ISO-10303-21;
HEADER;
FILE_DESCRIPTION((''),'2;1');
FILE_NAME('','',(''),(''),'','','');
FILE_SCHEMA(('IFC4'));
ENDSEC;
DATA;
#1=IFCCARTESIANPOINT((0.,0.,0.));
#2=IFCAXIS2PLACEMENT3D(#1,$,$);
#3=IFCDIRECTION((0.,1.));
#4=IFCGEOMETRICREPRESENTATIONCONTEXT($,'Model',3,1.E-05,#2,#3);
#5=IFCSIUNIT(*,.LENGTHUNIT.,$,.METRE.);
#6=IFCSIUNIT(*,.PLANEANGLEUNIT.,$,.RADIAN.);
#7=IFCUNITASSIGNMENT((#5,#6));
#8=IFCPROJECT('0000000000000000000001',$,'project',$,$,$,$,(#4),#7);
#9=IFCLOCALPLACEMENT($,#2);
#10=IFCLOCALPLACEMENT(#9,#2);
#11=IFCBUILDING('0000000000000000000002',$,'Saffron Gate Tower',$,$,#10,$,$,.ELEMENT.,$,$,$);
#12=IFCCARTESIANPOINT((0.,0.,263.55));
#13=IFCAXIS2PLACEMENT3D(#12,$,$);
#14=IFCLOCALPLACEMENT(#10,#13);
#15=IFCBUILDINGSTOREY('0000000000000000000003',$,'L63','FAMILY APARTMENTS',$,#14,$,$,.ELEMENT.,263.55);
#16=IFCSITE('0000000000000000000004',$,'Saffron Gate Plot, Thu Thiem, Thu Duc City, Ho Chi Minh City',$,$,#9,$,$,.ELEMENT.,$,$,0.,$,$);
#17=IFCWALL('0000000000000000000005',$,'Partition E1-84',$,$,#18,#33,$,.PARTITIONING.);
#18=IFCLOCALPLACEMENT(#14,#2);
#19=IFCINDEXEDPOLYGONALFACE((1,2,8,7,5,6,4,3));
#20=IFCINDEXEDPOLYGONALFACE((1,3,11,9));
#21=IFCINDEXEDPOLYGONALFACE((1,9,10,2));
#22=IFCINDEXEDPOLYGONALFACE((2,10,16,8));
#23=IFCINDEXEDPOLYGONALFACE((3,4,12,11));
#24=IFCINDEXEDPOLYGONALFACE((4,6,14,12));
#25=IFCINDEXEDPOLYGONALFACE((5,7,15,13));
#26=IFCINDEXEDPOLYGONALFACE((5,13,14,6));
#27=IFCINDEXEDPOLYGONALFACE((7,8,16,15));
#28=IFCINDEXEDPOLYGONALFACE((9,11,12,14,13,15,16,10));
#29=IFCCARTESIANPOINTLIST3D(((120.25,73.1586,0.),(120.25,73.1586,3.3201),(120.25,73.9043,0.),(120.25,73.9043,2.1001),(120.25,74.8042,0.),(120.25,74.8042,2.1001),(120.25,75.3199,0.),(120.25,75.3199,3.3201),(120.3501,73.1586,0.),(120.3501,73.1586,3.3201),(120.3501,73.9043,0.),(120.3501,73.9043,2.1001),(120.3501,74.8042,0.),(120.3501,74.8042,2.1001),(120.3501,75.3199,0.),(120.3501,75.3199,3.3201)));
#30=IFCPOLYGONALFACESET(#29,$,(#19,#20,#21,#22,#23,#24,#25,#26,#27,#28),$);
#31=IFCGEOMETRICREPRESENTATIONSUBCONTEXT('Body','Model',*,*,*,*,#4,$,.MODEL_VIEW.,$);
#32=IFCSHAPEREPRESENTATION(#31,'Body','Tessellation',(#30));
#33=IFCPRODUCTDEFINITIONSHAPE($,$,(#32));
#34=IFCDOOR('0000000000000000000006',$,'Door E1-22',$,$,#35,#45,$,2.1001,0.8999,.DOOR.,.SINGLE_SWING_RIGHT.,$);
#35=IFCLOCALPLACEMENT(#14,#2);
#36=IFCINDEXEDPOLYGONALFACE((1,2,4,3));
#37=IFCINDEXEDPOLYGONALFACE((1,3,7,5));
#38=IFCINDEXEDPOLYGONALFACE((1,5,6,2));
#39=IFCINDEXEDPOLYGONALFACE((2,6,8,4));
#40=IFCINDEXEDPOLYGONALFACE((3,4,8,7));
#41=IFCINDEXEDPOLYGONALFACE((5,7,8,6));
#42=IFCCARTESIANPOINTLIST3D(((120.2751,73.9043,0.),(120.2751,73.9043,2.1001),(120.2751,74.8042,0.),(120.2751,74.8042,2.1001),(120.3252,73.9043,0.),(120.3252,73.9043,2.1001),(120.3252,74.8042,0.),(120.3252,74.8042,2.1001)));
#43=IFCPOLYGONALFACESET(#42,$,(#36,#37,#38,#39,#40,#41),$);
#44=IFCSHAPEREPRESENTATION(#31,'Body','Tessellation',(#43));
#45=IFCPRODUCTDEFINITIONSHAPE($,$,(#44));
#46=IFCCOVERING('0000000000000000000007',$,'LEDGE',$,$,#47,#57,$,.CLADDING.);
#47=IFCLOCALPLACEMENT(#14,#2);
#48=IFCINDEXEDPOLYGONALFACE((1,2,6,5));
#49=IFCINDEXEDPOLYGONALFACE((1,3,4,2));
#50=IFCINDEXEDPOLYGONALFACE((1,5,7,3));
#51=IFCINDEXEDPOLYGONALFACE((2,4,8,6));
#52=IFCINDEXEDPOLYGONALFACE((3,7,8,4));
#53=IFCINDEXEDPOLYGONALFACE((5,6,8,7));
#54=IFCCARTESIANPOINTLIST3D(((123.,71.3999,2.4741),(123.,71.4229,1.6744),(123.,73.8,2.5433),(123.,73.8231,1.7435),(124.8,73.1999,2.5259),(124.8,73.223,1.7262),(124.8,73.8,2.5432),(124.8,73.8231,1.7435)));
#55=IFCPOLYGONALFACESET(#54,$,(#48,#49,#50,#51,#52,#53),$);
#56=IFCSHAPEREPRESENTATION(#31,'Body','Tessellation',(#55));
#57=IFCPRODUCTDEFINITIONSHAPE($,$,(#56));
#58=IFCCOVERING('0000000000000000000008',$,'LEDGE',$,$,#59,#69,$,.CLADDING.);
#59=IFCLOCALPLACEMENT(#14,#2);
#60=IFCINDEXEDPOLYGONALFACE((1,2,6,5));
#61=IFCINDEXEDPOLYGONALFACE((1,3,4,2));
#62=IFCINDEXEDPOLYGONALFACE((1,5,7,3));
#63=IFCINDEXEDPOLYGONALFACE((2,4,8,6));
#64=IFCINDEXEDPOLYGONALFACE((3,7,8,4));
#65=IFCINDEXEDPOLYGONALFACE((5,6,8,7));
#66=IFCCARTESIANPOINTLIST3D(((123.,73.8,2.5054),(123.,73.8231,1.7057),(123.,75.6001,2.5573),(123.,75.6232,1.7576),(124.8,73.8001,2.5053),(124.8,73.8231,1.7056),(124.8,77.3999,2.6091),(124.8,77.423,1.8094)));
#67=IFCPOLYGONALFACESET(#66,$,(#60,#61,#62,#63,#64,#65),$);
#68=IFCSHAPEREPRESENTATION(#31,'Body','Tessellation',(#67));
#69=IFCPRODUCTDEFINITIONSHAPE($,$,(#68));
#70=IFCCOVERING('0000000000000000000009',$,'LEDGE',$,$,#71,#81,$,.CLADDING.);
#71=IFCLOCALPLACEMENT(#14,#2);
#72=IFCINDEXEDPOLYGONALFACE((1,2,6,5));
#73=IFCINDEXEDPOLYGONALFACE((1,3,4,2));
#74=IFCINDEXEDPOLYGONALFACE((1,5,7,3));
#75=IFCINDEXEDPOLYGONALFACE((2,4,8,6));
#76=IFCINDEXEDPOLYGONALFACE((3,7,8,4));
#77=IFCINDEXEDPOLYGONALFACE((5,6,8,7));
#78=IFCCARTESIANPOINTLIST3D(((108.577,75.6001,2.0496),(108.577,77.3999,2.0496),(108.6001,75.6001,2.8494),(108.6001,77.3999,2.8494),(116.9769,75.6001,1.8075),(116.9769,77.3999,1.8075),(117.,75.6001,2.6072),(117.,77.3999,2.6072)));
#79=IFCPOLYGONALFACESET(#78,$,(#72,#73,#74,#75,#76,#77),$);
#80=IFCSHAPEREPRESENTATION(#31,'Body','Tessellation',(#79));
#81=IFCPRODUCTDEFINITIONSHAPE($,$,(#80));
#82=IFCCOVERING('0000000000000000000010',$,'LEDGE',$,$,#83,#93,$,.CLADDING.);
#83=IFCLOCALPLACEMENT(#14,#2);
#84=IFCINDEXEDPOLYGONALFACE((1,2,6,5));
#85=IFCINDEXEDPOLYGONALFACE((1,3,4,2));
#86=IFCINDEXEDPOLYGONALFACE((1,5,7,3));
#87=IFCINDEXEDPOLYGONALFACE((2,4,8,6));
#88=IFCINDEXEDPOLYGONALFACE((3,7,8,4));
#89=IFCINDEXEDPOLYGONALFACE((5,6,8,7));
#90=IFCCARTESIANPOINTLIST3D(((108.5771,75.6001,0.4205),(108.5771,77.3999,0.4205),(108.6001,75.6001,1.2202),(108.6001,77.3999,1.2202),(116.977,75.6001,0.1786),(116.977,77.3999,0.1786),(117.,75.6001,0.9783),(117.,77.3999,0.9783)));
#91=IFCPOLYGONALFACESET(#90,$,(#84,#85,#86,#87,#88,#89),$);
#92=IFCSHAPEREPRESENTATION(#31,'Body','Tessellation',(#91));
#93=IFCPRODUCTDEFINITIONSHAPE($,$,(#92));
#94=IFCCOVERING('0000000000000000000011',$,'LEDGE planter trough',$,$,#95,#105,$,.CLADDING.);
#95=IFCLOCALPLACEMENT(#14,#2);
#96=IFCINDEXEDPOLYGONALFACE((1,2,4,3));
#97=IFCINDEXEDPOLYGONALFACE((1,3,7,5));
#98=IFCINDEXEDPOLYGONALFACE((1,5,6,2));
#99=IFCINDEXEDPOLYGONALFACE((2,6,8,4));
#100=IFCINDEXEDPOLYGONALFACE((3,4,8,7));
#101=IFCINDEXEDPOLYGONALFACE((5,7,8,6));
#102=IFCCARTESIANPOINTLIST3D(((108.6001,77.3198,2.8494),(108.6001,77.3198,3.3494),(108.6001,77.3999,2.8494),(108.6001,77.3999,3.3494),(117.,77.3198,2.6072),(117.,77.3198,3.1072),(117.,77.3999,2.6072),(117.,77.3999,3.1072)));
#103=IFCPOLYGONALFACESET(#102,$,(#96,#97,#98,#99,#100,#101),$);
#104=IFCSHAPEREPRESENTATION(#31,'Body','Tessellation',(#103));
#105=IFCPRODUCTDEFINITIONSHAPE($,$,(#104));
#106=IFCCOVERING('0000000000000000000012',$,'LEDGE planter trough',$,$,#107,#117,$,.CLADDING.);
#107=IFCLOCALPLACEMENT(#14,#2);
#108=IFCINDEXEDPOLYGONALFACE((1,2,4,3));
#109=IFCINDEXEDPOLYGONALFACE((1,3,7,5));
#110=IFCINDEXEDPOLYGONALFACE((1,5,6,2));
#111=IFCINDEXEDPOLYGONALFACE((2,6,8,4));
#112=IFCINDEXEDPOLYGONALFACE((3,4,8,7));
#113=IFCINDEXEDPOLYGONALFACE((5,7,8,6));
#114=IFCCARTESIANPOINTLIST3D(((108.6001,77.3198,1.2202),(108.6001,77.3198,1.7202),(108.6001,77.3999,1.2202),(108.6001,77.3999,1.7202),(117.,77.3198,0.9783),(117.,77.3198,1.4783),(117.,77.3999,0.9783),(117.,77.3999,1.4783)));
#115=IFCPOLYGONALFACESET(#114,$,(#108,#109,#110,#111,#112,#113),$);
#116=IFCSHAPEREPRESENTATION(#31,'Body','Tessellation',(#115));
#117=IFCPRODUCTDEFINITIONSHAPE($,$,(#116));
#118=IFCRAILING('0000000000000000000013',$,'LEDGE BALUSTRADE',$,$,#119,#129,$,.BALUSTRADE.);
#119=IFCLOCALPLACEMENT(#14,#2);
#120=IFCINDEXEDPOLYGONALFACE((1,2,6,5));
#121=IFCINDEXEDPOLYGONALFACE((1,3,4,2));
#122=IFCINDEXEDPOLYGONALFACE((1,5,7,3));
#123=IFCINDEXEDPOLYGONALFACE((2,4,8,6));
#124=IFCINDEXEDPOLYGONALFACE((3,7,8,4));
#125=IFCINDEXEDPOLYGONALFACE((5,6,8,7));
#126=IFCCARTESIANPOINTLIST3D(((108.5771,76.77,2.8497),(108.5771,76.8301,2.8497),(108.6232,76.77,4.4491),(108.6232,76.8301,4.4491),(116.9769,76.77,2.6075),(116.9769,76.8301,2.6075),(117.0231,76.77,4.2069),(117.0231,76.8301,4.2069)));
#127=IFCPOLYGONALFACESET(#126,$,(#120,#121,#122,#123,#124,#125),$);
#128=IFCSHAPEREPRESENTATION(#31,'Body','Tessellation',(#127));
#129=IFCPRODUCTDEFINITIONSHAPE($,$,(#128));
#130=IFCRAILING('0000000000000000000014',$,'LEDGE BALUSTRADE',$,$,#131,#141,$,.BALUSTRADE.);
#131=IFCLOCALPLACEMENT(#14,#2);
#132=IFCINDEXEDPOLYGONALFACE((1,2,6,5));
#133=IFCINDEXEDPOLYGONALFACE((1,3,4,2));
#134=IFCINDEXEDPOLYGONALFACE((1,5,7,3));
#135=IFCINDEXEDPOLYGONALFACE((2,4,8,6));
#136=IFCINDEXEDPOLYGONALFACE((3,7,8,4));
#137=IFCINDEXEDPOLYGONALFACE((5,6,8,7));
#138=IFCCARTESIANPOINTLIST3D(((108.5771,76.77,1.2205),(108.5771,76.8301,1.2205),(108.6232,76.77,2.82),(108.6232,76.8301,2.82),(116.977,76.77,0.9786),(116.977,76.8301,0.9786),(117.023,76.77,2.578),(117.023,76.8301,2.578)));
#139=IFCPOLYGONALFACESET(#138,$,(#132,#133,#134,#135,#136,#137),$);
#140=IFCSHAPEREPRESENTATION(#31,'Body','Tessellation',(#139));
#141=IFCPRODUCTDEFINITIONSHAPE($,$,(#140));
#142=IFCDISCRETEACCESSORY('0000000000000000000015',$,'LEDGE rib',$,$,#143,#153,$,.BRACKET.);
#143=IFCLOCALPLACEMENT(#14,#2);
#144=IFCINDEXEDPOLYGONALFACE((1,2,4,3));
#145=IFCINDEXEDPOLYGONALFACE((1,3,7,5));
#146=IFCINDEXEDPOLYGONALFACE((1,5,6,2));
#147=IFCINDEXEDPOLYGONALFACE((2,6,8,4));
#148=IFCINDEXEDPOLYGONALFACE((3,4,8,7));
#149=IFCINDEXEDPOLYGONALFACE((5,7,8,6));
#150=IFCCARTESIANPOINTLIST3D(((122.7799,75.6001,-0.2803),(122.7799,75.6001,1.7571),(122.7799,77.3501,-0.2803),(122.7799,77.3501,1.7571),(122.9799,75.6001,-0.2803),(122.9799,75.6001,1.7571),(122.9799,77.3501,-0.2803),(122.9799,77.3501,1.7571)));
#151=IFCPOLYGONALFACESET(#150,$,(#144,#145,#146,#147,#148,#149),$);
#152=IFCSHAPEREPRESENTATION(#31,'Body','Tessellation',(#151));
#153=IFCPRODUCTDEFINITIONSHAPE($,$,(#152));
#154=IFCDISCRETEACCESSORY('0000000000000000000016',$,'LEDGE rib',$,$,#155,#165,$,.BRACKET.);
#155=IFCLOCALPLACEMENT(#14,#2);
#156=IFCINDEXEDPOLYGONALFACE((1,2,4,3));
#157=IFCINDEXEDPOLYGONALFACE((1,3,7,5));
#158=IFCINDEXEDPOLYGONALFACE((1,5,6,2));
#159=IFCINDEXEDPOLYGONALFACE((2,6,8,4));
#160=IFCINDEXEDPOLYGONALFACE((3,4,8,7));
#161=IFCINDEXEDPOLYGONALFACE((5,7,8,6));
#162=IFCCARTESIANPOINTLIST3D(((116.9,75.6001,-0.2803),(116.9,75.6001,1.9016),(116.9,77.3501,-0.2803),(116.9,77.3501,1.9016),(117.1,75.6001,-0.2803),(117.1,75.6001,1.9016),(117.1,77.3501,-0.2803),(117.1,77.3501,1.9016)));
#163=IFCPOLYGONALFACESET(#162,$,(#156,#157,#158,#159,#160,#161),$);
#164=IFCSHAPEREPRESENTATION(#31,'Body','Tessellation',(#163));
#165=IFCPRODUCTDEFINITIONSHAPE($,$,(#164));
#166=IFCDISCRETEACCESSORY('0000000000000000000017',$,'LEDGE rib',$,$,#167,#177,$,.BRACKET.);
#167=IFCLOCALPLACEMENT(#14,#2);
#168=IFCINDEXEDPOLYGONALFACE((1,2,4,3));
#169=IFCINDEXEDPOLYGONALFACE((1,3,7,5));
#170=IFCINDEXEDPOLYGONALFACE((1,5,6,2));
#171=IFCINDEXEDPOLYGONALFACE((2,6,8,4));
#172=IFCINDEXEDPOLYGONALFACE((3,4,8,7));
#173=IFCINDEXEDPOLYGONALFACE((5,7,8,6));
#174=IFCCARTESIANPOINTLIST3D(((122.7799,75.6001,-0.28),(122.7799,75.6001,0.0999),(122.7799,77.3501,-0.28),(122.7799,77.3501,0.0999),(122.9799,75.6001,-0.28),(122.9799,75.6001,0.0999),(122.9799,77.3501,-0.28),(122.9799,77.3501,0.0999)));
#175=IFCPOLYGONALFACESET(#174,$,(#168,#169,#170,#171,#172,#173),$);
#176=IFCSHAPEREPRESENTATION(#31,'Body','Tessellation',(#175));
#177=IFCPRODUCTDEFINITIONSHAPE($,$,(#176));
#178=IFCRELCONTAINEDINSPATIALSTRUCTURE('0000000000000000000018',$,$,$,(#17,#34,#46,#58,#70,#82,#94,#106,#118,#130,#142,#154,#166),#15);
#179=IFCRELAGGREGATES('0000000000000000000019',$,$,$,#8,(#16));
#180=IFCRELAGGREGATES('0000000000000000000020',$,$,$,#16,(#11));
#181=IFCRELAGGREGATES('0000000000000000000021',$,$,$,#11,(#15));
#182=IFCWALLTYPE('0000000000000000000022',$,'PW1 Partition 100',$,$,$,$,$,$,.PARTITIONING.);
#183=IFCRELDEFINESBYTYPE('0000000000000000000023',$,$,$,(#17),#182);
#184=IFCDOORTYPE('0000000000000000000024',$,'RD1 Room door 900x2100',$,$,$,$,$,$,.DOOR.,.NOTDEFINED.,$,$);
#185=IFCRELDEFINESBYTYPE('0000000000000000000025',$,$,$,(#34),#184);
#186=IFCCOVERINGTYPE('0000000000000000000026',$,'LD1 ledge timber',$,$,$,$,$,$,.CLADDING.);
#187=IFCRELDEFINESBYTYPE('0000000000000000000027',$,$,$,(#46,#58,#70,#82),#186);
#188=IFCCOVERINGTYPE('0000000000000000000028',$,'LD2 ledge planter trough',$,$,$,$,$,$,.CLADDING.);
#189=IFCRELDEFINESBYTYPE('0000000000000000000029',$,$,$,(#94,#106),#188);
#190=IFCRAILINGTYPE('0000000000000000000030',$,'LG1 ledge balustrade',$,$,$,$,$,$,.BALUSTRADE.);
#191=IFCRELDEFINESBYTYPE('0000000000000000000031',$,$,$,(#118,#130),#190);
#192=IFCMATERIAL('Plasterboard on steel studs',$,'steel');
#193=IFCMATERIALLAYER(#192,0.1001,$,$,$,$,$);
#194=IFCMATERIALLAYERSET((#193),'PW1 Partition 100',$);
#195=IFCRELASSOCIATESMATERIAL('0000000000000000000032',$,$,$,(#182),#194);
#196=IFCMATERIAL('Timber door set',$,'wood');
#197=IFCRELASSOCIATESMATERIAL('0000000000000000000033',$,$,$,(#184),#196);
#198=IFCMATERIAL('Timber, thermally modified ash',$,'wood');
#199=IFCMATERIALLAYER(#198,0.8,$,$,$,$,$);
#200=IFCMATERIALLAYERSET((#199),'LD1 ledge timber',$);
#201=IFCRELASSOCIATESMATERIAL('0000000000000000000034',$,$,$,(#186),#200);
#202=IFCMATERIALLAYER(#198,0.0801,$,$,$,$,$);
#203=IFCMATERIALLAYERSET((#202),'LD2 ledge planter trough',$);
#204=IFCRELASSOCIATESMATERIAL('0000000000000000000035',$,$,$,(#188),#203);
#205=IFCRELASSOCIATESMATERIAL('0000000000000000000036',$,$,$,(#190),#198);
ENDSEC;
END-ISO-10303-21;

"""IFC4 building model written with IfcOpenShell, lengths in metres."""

from ifc_helpers import new_model, si_unit, direction, frame, frame_2d, origin, origin_2d, place, context, subcontext, project, spatial, polyline, rectangle, outline, extrude, material, layer, layer_set, type_object, element, fill, save


model = new_model("IFC4")

# Units and contexts
model_context = context("Model", 3, precision=1e-05, world=origin(), true_north=direction((0.0, 1.0)))
body_context = subcontext(model_context, "Body", "Model", "MODEL_VIEW")
ifc_project = project(units=[si_unit("LENGTHUNIT", "METRE"), si_unit("PLANEANGLEUNIT", "RADIAN")], contexts=[model_context])

# Site, building, storey
site_placement = place(None, origin())
site = spatial("IfcSite", under=ifc_project, at=site_placement, Name="Saffron Gate Plot, Thu Thiem, Thu Duc City, Ho Chi Minh City", CompositionType="ELEMENT", RefElevation=0.0)
building_placement = place(site_placement, origin())
building = spatial("IfcBuilding", under=site, at=building_placement, Name="Saffron Gate Tower", CompositionType="ELEMENT")
storey_placement = place(building_placement, frame((0.0, 0.0, 263.55)))
storey = spatial("IfcBuildingStorey", under=building, at=storey_placement, Name="L63", Description="FAMILY APARTMENTS", CompositionType="ELEMENT", Elevation=263.55)

# Shared definitions
ifc_material_1 = material(Name="Plasterboard on steel studs", Category="steel")
ifc_layer_1 = layer(ifc_material_1, 0.1001)
ifc_layer_set_1 = layer_set([ifc_layer_1], Name="PW1 Partition 100")
wall_type = type_object("IfcWallType", Name="PW1 Partition 100", PredefinedType="PARTITIONING", material=ifc_layer_set_1)

# Wall, opening, door
wall_1_placement = place(storey_placement, frame((120.3, 73.1587, 0.0), z_axis=(0.0, 0.0, 1.0), x_axis=(0.0, 1.0, 0.0)))
wall_1 = element("IfcWall", 1, at=wall_1_placement, inside=storey, type_object=wall_type, Name="Partition E1-84", PredefinedType="PARTITIONING", context=body_context, shape_type="SweptSolid", body=[
    extrude(rectangle(XDim=2.1614, YDim=0.1001, at=frame_2d((1.0806, 0.0))), origin(), (0.0, 0.0, 1.0), 3.3201),
])
opening_1_placement = place(wall_1_placement, frame((0.7456, 0.0, 0.0)))
opening_1 = element("IfcOpeningElement", 2, at=opening_1_placement, cuts=wall_1, PredefinedType="OPENING", context=body_context, shape_type="SweptSolid", body=[
    extrude(rectangle(XDim=0.8999, YDim=2.1001, at=frame_2d((0.45, 1.05))), frame((0.0, 0.0601, 0.0), z_axis=(0.0, -1.0, 0.0), x_axis=(1.0, 0.0, 0.0)), (0.0, 0.0, 1.0), 0.1201),
])
ifc_material_2 = material(Name="Timber door set", Category="wood")
door_type = type_object("IfcDoorType", Name="RD1 Room door 900x2100", OperationType="NOTDEFINED", PredefinedType="DOOR", material=ifc_material_2)
door_placement = place(opening_1_placement, origin())
door = element("IfcDoor", 3, at=door_placement, inside=storey, type_object=door_type, Name="Door E1-22", OperationType="SINGLE_SWING_RIGHT", OverallHeight=2.1001, OverallWidth=0.8999, PredefinedType="DOOR", context=body_context, shape_type="SweptSolid", body=[
    extrude(rectangle(XDim=0.8999, YDim=2.1001, at=frame_2d((0.45, 1.05))), frame((0.0, 0.0249, 0.0), z_axis=(0.0, -1.0, 0.0), x_axis=(1.0, 0.0, 0.0)), (0.0, 0.0, 1.0), 0.05),
])
fill(opening_1, door)

# Coverings
ifc_material_3 = material(Name="Timber, thermally modified ash", Category="wood")
ifc_layer_2 = layer(ifc_material_3, 0.8)
ifc_layer_set_2 = layer_set([ifc_layer_2], Name="LD1 ledge timber")
covering_type_1 = type_object("IfcCoveringType", Name="LD1 ledge timber", PredefinedType="CLADDING", material=ifc_layer_set_2)
covering_1_placement = place(storey_placement, frame((123.0, 71.3999, 2.4741), z_axis=(0.000026, -0.028794, 0.999585), x_axis=(0.0, 0.999585, 0.028794)))
element("IfcCovering", 4, at=covering_1_placement, inside=storey, type_object=covering_type_1, Name="LEDGE", PredefinedType="CLADDING", context=body_context, shape_type="SweptSolid", body=[
    extrude(outline(polyline([(0.0, 0.0), (2.4011, 0.0), (2.4011, -1.8), (1.8008, -1.8), (0.0, 0.0)])), origin(), (0.0, 0.0, -1.0), 0.8),
])
covering_2_placement = place(storey_placement, frame((123.0, 73.8, 2.5054), z_axis=(0.000044, -0.028833, 0.999584), x_axis=(0.0, 0.999584, 0.028833)))
element("IfcCovering", 5, at=covering_2_placement, inside=storey, type_object=covering_type_1, Name="LEDGE", PredefinedType="CLADDING", context=body_context, shape_type="SweptSolid", body=[
    extrude(outline(polyline([(0.0, 0.0), (1.8008, 0.0), (3.6013, -1.8), (0.0, -1.8), (0.0, 0.0)])), origin(), (0.0, 0.0, -1.0), 0.8),
])
covering_3_placement = place(storey_placement, frame((117.0, 75.6001, 2.6072), z_axis=(0.02882, 0.0, 0.999585), x_axis=(-0.999585, 0.0, 0.02882)))
element("IfcCovering", 6, at=covering_3_placement, inside=storey, type_object=covering_type_1, Name="LEDGE", PredefinedType="CLADDING", context=body_context, shape_type="SweptSolid", body=[
    extrude(outline(polyline([(0.0, 0.0), (8.4034, 0.0), (8.4034, -1.7998), (0.0, -1.7998), (0.0, 0.0)])), origin(), (0.0, 0.0, -1.0), 0.8),
])
covering_4_placement = place(storey_placement, frame((117.0, 75.6001, 0.9783), z_axis=(0.028791, 0.0, 0.999585), x_axis=(-0.999585, 0.0, 0.028791)))
element("IfcCovering", 7, at=covering_4_placement, inside=storey, type_object=covering_type_1, Name="LEDGE", PredefinedType="CLADDING", context=body_context, shape_type="SweptSolid", body=[
    extrude(outline(polyline([(0.0, 0.0), (8.4034, 0.0), (8.4034, -1.7998), (0.0, -1.7998), (0.0, 0.0)])), origin(), (0.0, 0.0, -1.0), 0.8),
])
ifc_layer_3 = layer(ifc_material_3, 0.0801)
ifc_layer_set_3 = layer_set([ifc_layer_3], Name="LD2 ledge planter trough")
covering_type_2 = type_object("IfcCoveringType", Name="LD2 ledge planter trough", PredefinedType="CLADDING", material=ifc_layer_set_3)
covering_5_placement = place(storey_placement, frame((117.0, 77.3999, 2.6072), z_axis=(0.0, 1.0, 0.0), x_axis=(-0.999585, 0.0, 0.02882)))
element("IfcCovering", 8, at=covering_5_placement, inside=storey, type_object=covering_type_2, Name="LEDGE planter trough", PredefinedType="CLADDING", context=body_context, shape_type="SweptSolid", body=[
    extrude(outline(polyline([(0.0, 0.0), (8.4034, 0.0), (8.4178, 0.4998), (0.0144, 0.4998), (0.0, 0.0)])), origin(), (0.0, 0.0, -1.0), 0.0801),
])
covering_6_placement = place(storey_placement, frame((117.0, 77.3999, 0.9783), z_axis=(0.0, 1.0, 0.0), x_axis=(-0.999585, 0.0, 0.028791)))
element("IfcCovering", 9, at=covering_6_placement, inside=storey, type_object=covering_type_2, Name="LEDGE planter trough", PredefinedType="CLADDING", context=body_context, shape_type="SweptSolid", body=[
    extrude(outline(polyline([(0.0, 0.0), (8.4034, 0.0), (8.4178, 0.4998), (0.0144, 0.4998), (0.0, 0.0)])), origin(), (0.0, 0.0, -1.0), 0.0801),
])

# Railings
railing_type = type_object("IfcRailingType", Name="LG1 ledge balustrade", PredefinedType="BALUSTRADE", material=ifc_material_3)
railing_1_placement = place(storey_placement, frame((117.0, 76.8, 2.6072)))
element("IfcRailing", 10, at=railing_1_placement, inside=storey, type_object=railing_type, Name="LEDGE BALUSTRADE", PredefinedType="BALUSTRADE", context=body_context, shape_type="SweptSolid", body=[
    extrude(rectangle(XDim=0.0601, YDim=1.6001, at=origin_2d()), frame((0.0, 0.0, 0.8), z_axis=(-0.999585, 0.0, 0.02882), x_axis=(0.0, -1.0, 0.0)), (0.0, 0.0, 1.0), 8.4033),
])
railing_2_placement = place(storey_placement, frame((117.0, 76.8, 0.9783)))
element("IfcRailing", 11, at=railing_2_placement, inside=storey, type_object=railing_type, Name="LEDGE BALUSTRADE", PredefinedType="BALUSTRADE", context=body_context, shape_type="SweptSolid", body=[
    extrude(rectangle(XDim=0.0601, YDim=1.6001, at=origin_2d()), frame((0.0, 0.0, 0.8), z_axis=(-0.999585, 0.0, 0.028791), x_axis=(0.0, -1.0, 0.0)), (0.0, 0.0, 1.0), 8.4033),
])

# Discrete accessories
discrete_accessory_1_placement = place(storey_placement, frame((122.8799, 76.4751, -0.2803), z_axis=(0.0, 0.0, 1.0), x_axis=(-1.0, 0.0, 0.0)))
element("IfcDiscreteAccessory", 12, at=discrete_accessory_1_placement, inside=storey, Name="LEDGE rib", PredefinedType="BRACKET", context=body_context, shape_type="SweptSolid", body=[
    extrude(rectangle(XDim=0.2, YDim=1.75, at=origin_2d()), origin(), (0.0, 0.0, 1.0), 2.0374),
])
discrete_accessory_2_placement = place(storey_placement, frame((117.0, 76.4751, -0.2803), z_axis=(0.0, 0.0, 1.0), x_axis=(-1.0, 0.0, 0.0)))
element("IfcDiscreteAccessory", 13, at=discrete_accessory_2_placement, inside=storey, Name="LEDGE rib", PredefinedType="BRACKET", context=body_context, shape_type="SweptSolid", body=[
    extrude(rectangle(XDim=0.2, YDim=1.75, at=origin_2d()), origin(), (0.0, 0.0, 1.0), 2.1819),
])
discrete_accessory_3_placement = place(storey_placement, frame((122.8799, 76.4751, -0.28), z_axis=(0.0, 0.0, 1.0), x_axis=(-1.0, 0.0, 0.0)))
element("IfcDiscreteAccessory", 14, at=discrete_accessory_3_placement, inside=storey, Name="LEDGE rib", PredefinedType="BRACKET", context=body_context, shape_type="SweptSolid", body=[
    extrude(rectangle(XDim=0.2, YDim=1.75, at=origin_2d()), origin(), (0.0, 0.0, 1.0), 0.3799),
])

save(model, "model.ifc")
